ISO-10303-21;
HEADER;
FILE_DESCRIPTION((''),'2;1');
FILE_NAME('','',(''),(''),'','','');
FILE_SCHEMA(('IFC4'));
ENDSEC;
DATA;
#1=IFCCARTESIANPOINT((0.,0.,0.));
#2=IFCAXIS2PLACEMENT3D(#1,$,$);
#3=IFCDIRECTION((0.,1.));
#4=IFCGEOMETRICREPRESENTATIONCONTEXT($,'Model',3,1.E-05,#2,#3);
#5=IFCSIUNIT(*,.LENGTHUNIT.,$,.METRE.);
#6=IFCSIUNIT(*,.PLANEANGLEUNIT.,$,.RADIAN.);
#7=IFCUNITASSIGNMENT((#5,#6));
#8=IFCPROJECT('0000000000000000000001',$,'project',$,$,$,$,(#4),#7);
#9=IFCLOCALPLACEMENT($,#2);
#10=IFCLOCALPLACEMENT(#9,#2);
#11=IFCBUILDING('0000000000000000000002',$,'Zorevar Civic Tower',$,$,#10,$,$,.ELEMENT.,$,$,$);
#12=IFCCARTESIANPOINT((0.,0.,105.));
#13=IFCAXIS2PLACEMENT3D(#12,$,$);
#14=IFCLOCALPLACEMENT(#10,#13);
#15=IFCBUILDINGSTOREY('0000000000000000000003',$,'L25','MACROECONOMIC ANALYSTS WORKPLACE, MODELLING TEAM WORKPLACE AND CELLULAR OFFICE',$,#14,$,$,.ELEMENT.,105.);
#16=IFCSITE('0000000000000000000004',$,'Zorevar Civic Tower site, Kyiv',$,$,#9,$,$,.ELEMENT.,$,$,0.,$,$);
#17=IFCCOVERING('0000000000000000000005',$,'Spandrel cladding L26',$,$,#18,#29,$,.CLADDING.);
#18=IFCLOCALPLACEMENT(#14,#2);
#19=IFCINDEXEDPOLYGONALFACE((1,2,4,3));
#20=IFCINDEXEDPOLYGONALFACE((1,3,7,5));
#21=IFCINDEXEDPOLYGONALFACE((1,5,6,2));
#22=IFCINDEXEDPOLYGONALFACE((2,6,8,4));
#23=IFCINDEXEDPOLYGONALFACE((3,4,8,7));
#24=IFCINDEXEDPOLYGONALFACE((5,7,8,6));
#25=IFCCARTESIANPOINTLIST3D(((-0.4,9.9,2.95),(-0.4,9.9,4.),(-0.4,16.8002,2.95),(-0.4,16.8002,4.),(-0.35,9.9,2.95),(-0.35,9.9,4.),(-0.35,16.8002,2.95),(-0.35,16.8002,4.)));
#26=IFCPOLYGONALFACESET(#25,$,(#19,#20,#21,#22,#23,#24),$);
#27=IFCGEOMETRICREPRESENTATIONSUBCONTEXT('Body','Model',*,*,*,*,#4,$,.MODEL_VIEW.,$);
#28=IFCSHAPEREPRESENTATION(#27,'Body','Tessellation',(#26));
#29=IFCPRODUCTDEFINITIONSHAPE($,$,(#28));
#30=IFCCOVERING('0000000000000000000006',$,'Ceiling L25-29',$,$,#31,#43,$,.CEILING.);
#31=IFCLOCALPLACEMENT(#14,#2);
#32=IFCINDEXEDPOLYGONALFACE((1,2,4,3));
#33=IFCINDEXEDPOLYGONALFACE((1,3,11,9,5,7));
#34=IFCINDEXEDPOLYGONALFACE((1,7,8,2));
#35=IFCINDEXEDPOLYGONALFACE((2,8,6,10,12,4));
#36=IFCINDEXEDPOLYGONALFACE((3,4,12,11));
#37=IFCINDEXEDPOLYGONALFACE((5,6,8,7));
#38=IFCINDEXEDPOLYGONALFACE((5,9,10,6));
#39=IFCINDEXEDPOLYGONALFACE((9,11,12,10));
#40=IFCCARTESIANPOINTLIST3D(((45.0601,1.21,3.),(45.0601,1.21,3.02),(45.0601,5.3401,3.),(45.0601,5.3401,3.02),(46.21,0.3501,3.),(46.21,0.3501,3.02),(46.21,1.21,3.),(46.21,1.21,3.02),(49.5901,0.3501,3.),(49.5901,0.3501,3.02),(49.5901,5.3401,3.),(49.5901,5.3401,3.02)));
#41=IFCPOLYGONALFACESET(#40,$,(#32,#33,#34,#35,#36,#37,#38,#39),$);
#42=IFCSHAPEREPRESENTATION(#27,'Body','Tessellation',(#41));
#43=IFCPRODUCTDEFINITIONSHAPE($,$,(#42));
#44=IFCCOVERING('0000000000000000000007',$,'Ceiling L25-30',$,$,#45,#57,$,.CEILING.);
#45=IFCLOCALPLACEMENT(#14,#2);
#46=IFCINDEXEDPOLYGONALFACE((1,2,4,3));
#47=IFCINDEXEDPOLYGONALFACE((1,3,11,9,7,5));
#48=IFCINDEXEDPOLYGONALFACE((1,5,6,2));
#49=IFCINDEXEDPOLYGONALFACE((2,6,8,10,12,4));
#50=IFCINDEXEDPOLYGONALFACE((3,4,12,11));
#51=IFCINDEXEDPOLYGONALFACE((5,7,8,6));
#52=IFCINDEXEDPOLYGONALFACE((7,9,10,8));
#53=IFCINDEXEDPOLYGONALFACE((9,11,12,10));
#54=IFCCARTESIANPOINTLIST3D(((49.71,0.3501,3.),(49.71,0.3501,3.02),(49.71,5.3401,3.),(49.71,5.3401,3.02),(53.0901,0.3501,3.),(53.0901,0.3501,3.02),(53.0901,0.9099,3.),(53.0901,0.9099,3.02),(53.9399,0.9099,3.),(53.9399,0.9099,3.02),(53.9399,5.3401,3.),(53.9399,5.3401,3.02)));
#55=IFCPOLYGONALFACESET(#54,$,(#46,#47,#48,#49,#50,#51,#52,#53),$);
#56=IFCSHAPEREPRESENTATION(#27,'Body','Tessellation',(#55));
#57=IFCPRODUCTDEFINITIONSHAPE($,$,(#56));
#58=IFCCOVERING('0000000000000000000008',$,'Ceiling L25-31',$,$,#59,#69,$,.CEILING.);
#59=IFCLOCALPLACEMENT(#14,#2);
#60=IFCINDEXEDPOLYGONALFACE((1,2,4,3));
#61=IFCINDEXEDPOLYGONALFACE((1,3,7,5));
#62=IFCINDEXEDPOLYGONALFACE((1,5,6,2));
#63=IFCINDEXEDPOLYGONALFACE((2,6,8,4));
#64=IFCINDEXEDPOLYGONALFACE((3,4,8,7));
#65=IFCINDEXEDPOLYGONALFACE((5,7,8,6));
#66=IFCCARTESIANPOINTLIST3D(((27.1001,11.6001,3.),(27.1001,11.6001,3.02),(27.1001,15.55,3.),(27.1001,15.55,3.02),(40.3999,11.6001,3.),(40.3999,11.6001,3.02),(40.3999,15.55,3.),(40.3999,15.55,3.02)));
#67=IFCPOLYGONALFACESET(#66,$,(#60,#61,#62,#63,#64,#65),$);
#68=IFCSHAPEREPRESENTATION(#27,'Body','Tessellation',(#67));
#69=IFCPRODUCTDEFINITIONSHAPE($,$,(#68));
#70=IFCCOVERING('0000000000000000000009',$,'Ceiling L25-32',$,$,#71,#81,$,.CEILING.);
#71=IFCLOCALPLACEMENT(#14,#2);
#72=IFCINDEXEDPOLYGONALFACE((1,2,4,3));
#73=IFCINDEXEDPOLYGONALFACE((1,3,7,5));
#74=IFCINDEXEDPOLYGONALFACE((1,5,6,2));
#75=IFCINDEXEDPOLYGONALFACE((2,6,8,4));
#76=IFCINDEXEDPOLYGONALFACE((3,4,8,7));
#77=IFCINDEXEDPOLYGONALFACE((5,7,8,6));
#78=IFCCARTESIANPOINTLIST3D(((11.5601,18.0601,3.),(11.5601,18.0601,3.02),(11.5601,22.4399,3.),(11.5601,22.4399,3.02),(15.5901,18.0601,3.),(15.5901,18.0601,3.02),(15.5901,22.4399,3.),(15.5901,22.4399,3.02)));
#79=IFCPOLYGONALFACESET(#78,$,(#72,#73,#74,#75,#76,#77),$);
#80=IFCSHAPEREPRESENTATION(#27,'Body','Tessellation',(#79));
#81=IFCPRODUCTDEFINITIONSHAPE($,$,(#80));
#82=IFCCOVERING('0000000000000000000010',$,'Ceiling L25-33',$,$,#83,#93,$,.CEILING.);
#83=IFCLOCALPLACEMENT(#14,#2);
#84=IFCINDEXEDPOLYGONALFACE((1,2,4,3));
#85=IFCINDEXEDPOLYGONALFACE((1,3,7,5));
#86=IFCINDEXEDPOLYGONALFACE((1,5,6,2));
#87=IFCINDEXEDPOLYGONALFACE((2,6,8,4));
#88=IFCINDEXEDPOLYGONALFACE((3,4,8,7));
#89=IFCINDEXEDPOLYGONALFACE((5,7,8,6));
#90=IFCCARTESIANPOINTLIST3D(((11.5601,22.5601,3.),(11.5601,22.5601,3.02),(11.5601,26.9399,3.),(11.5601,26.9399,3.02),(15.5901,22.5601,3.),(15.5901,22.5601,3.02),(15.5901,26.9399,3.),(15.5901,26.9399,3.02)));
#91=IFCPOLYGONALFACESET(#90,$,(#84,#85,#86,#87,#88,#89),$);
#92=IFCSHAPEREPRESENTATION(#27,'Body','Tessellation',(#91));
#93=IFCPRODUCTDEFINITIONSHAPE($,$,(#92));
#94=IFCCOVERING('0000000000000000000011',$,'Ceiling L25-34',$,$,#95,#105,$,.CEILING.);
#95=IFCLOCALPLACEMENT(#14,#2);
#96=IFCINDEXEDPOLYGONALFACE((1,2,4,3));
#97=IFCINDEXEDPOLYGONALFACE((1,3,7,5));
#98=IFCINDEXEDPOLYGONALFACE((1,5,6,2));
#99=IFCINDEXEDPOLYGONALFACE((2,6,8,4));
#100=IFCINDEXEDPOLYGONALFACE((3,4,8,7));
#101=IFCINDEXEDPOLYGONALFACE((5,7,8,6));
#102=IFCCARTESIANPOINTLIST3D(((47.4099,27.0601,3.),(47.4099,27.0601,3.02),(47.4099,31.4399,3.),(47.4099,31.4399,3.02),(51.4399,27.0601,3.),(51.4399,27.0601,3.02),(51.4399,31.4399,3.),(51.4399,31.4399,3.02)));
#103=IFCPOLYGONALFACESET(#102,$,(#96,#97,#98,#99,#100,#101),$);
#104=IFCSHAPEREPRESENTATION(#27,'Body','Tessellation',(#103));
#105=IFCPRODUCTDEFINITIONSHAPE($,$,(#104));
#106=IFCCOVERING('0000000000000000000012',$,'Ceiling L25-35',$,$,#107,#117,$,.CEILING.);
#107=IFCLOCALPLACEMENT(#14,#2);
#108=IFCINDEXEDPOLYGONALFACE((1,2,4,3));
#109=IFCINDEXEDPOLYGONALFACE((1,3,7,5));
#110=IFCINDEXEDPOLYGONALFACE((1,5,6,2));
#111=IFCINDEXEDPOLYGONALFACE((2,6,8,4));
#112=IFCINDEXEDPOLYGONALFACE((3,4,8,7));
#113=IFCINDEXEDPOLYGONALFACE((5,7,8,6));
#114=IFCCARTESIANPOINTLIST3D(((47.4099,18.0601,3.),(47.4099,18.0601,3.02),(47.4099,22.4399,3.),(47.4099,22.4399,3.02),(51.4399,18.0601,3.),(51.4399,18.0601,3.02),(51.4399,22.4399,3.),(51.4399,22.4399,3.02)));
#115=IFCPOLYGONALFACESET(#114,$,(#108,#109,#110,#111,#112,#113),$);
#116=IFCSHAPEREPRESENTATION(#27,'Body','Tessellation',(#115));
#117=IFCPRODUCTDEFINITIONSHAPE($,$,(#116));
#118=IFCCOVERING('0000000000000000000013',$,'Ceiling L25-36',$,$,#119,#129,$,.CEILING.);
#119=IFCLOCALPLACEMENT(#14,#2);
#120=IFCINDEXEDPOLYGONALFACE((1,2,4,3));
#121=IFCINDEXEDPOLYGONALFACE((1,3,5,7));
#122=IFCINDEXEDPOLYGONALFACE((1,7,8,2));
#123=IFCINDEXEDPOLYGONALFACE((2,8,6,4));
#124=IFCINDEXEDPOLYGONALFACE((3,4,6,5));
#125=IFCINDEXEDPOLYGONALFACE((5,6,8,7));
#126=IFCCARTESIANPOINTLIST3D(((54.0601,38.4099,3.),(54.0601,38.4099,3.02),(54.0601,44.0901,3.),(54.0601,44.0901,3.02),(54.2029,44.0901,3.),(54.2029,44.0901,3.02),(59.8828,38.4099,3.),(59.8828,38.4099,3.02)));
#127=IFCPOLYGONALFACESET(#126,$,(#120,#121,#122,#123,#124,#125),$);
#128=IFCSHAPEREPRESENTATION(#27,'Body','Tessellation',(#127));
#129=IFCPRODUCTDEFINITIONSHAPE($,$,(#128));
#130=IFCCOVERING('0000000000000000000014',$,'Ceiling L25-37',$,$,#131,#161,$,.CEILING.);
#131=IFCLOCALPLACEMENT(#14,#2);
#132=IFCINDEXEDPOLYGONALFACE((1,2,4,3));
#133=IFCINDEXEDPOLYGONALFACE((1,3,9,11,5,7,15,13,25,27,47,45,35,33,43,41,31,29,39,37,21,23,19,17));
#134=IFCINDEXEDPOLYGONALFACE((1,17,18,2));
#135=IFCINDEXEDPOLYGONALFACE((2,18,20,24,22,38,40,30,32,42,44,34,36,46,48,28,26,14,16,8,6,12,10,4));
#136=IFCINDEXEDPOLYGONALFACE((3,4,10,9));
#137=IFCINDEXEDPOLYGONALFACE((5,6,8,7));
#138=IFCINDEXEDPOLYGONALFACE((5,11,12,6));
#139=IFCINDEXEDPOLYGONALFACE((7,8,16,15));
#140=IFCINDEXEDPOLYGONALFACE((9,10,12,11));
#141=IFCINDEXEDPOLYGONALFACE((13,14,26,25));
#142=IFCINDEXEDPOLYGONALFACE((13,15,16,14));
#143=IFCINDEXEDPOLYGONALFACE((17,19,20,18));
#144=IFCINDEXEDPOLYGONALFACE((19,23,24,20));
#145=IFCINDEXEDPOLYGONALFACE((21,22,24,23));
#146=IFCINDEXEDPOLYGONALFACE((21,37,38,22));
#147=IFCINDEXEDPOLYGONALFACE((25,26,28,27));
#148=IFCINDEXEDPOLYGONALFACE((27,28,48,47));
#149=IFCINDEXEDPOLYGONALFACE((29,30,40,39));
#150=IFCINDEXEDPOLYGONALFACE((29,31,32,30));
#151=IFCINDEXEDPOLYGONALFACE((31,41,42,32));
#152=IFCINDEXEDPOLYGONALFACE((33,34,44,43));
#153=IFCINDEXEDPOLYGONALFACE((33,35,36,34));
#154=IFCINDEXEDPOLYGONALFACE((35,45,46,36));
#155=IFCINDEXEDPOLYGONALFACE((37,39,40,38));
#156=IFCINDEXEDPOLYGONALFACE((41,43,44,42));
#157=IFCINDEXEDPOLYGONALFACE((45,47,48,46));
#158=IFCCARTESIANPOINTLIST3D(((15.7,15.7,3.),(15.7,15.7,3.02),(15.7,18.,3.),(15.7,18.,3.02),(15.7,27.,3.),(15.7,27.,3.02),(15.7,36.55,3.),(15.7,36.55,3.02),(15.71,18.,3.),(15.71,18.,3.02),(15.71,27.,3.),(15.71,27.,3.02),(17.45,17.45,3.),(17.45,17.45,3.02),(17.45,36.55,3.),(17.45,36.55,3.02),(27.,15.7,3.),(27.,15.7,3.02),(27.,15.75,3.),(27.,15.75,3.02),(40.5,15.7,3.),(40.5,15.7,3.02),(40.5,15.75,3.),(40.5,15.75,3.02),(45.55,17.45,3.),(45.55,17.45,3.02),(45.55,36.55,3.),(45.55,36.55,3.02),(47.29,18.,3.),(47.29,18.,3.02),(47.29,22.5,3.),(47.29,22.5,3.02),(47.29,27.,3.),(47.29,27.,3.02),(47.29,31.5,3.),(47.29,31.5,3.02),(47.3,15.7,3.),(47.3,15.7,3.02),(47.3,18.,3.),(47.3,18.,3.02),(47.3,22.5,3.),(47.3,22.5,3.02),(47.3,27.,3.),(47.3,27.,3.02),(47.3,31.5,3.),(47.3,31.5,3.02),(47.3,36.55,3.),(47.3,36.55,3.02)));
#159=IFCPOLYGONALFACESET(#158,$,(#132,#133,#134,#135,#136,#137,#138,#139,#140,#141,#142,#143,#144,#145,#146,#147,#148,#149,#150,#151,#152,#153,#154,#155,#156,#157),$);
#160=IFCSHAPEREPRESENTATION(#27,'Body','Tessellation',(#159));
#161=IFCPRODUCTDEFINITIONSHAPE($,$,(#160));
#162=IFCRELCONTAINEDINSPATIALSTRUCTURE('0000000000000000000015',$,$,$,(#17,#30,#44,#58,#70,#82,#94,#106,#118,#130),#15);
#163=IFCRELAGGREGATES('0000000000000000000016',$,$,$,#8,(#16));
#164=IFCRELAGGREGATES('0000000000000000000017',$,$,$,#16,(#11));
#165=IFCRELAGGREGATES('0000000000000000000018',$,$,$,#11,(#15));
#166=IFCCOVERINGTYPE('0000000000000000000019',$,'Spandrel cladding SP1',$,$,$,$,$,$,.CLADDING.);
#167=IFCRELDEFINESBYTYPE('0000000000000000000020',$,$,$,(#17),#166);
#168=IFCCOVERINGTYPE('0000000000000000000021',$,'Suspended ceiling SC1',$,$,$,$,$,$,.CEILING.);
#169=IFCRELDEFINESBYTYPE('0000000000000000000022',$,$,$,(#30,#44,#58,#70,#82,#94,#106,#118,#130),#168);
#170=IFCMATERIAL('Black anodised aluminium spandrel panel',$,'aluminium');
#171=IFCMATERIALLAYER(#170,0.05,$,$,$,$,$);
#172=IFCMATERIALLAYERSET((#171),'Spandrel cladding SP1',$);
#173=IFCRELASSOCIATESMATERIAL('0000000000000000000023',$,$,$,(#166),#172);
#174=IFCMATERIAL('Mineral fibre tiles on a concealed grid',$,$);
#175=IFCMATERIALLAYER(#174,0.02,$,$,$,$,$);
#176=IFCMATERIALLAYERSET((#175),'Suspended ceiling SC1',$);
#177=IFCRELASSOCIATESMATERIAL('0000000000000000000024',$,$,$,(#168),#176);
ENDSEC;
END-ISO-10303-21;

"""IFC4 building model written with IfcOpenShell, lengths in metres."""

from ifc_helpers import new_model, si_unit, direction, frame, frame_2d, origin, place, context, subcontext, project, spatial, polyline, rectangle, outline, extrude, material, layer, layer_set, type_object, element, save


model = new_model("IFC4")

# Units and contexts
model_context = context("Model", 3, precision=1e-05, world=origin(), true_north=direction((0.0, 1.0)))
body_context = subcontext(model_context, "Body", "Model", "MODEL_VIEW")
ifc_project = project(units=[si_unit("LENGTHUNIT", "METRE"), si_unit("PLANEANGLEUNIT", "RADIAN")], contexts=[model_context])

# Site, building, storey
site_placement = place(None, origin())
site = spatial("IfcSite", under=ifc_project, at=site_placement, Name="Zorevar Civic Tower site, Kyiv", CompositionType="ELEMENT", RefElevation=0.0)
building_placement = place(site_placement, origin())
building = spatial("IfcBuilding", under=site, at=building_placement, Name="Zorevar Civic Tower", CompositionType="ELEMENT")
storey_placement = place(building_placement, frame((0.0, 0.0, 105.0)))
storey = spatial("IfcBuildingStorey", under=building, at=storey_placement, Name="L25", Description="MACROECONOMIC ANALYSTS WORKPLACE, MODELLING TEAM WORKPLACE AND CELLULAR OFFICE", CompositionType="ELEMENT", Elevation=105.0)

# Coverings
ifc_material_1 = material(Name="Black anodised aluminium spandrel panel", Category="aluminium")
ifc_layer_1 = layer(ifc_material_1, 0.05)
ifc_layer_set_1 = layer_set([ifc_layer_1], Name="Spandrel cladding SP1")
covering_type_1 = type_object("IfcCoveringType", Name="Spandrel cladding SP1", PredefinedType="CLADDING", material=ifc_layer_set_1)
covering_1_placement = place(storey_placement, frame((-0.375, 9.8999, 2.95), z_axis=(0.0, 0.0, 1.0), x_axis=(0.0, 1.0, 0.0)))
element("IfcCovering", 1, at=covering_1_placement, inside=storey, type_object=covering_type_1, Name="Spandrel cladding L26", PredefinedType="CLADDING", context=body_context, shape_type="SweptSolid", body=[
    extrude(rectangle(XDim=6.9001, YDim=0.05, at=frame_2d((3.4502, 0.0))), origin(), (0.0, 0.0, 1.0), 1.05),
])
ifc_material_2 = material(Name="Mineral fibre tiles on a concealed grid")
ifc_layer_2 = layer(ifc_material_2, 0.02)
ifc_layer_set_2 = layer_set([ifc_layer_2], Name="Suspended ceiling SC1")
covering_type_2 = type_object("IfcCoveringType", Name="Suspended ceiling SC1", PredefinedType="CEILING", material=ifc_layer_set_2)
covering_2_placement = place(storey_placement, frame((0.0, 0.0, 3.0)))
element("IfcCovering", 2, at=covering_2_placement, inside=storey, type_object=covering_type_2, Name="Ceiling L25-29", PredefinedType="CEILING", context=body_context, shape_type="SweptSolid", body=[
    extrude(outline(polyline([(49.5901, 5.3401), (49.5901, 0.3501), (46.21, 0.3501), (46.21, 1.21), (45.0601, 1.21), (45.0601, 5.3401), (49.5901, 5.3401)])), origin(), (0.0, 0.0, 1.0), 0.02),
])
covering_3_placement = place(storey_placement, frame((0.0, 0.0, 3.0)))
element("IfcCovering", 3, at=covering_3_placement, inside=storey, type_object=covering_type_2, Name="Ceiling L25-30", PredefinedType="CEILING", context=body_context, shape_type="SweptSolid", body=[
    extrude(outline(polyline([(53.9399, 5.3401), (53.9399, 0.9099), (53.0901, 0.9099), (53.0901, 0.3501), (49.71, 0.3501), (49.71, 5.3401), (53.9399, 5.3401)])), origin(), (0.0, 0.0, 1.0), 0.02),
])
covering_4_placement = place(storey_placement, frame((0.0, 0.0, 3.0)))
element("IfcCovering", 4, at=covering_4_placement, inside=storey, type_object=covering_type_2, Name="Ceiling L25-31", PredefinedType="CEILING", context=body_context, shape_type="SweptSolid", body=[
    extrude(outline(polyline([(27.1001, 15.55), (40.3999, 15.55), (40.3999, 11.6001), (27.1001, 11.6001), (27.1001, 15.55)])), origin(), (0.0, 0.0, 1.0), 0.02),
])
covering_5_placement = place(storey_placement, frame((0.0, 0.0, 3.0)))
element("IfcCovering", 5, at=covering_5_placement, inside=storey, type_object=covering_type_2, Name="Ceiling L25-32", PredefinedType="CEILING", context=body_context, shape_type="SweptSolid", body=[
    extrude(outline(polyline([(15.5901, 22.4399), (15.5901, 18.0601), (11.5601, 18.0601), (11.5601, 22.4399), (15.5901, 22.4399)])), origin(), (0.0, 0.0, 1.0), 0.02),
])
covering_6_placement = place(storey_placement, frame((0.0, 0.0, 3.0)))
element("IfcCovering", 6, at=covering_6_placement, inside=storey, type_object=covering_type_2, Name="Ceiling L25-33", PredefinedType="CEILING", context=body_context, shape_type="SweptSolid", body=[
    extrude(outline(polyline([(11.5601, 22.5601), (11.5601, 26.9399), (15.5901, 26.9399), (15.5901, 22.5601), (11.5601, 22.5601)])), origin(), (0.0, 0.0, 1.0), 0.02),
])
covering_7_placement = place(storey_placement, frame((0.0, 0.0, 3.0)))
element("IfcCovering", 7, at=covering_7_placement, inside=storey, type_object=covering_type_2, Name="Ceiling L25-34", PredefinedType="CEILING", context=body_context, shape_type="SweptSolid", body=[
    extrude(outline(polyline([(47.4099, 31.4399), (51.4399, 31.4399), (51.4399, 27.0601), (47.4099, 27.0601), (47.4099, 31.4399)])), origin(), (0.0, 0.0, 1.0), 0.02),
])
covering_8_placement = place(storey_placement, frame((0.0, 0.0, 3.0)))
element("IfcCovering", 8, at=covering_8_placement, inside=storey, type_object=covering_type_2, Name="Ceiling L25-35", PredefinedType="CEILING", context=body_context, shape_type="SweptSolid", body=[
    extrude(outline(polyline([(47.4099, 22.4399), (51.4399, 22.4399), (51.4399, 18.0601), (47.4099, 18.0601), (47.4099, 22.4399)])), origin(), (0.0, 0.0, 1.0), 0.02),
])
covering_9_placement = place(storey_placement, frame((0.0, 0.0, 3.0)))
element("IfcCovering", 9, at=covering_9_placement, inside=storey, type_object=covering_type_2, Name="Ceiling L25-36", PredefinedType="CEILING", context=body_context, shape_type="SweptSolid", body=[
    extrude(outline(polyline([(54.0601, 38.4099), (54.0601, 44.0901), (54.2029, 44.0901), (59.8828, 38.4099), (54.0601, 38.4099)])), origin(), (0.0, 0.0, 1.0), 0.02),
])
covering_10_placement = place(storey_placement, frame((0.0, 0.0, 3.0)))
element("IfcCovering", 10, at=covering_10_placement, inside=storey, type_object=covering_type_2, Name="Ceiling L25-37", PredefinedType="CEILING", context=body_context, shape_type="SweptSolid", body=[
    extrude(outline(polyline([(47.3, 31.5), (47.29, 31.5), (47.29, 27.0), (47.3, 27.0), (47.3, 22.5), (47.29, 22.5), (47.29, 18.0), (47.3, 18.0), (47.3, 15.7), (40.5, 15.7), (40.5, 15.75), (27.0, 15.75), (27.0, 15.7), (15.7, 15.7), (15.7, 18.0), (15.71, 18.0), (15.71, 27.0), (15.7, 27.0), (15.7, 36.55), (17.45, 36.55), (17.45, 17.45), (45.55, 17.45), (45.55, 36.55), (47.3, 36.55), (47.3, 31.5)])), origin(), (0.0, 0.0, 1.0), 0.02),
])

save(model, "model.ifc")
